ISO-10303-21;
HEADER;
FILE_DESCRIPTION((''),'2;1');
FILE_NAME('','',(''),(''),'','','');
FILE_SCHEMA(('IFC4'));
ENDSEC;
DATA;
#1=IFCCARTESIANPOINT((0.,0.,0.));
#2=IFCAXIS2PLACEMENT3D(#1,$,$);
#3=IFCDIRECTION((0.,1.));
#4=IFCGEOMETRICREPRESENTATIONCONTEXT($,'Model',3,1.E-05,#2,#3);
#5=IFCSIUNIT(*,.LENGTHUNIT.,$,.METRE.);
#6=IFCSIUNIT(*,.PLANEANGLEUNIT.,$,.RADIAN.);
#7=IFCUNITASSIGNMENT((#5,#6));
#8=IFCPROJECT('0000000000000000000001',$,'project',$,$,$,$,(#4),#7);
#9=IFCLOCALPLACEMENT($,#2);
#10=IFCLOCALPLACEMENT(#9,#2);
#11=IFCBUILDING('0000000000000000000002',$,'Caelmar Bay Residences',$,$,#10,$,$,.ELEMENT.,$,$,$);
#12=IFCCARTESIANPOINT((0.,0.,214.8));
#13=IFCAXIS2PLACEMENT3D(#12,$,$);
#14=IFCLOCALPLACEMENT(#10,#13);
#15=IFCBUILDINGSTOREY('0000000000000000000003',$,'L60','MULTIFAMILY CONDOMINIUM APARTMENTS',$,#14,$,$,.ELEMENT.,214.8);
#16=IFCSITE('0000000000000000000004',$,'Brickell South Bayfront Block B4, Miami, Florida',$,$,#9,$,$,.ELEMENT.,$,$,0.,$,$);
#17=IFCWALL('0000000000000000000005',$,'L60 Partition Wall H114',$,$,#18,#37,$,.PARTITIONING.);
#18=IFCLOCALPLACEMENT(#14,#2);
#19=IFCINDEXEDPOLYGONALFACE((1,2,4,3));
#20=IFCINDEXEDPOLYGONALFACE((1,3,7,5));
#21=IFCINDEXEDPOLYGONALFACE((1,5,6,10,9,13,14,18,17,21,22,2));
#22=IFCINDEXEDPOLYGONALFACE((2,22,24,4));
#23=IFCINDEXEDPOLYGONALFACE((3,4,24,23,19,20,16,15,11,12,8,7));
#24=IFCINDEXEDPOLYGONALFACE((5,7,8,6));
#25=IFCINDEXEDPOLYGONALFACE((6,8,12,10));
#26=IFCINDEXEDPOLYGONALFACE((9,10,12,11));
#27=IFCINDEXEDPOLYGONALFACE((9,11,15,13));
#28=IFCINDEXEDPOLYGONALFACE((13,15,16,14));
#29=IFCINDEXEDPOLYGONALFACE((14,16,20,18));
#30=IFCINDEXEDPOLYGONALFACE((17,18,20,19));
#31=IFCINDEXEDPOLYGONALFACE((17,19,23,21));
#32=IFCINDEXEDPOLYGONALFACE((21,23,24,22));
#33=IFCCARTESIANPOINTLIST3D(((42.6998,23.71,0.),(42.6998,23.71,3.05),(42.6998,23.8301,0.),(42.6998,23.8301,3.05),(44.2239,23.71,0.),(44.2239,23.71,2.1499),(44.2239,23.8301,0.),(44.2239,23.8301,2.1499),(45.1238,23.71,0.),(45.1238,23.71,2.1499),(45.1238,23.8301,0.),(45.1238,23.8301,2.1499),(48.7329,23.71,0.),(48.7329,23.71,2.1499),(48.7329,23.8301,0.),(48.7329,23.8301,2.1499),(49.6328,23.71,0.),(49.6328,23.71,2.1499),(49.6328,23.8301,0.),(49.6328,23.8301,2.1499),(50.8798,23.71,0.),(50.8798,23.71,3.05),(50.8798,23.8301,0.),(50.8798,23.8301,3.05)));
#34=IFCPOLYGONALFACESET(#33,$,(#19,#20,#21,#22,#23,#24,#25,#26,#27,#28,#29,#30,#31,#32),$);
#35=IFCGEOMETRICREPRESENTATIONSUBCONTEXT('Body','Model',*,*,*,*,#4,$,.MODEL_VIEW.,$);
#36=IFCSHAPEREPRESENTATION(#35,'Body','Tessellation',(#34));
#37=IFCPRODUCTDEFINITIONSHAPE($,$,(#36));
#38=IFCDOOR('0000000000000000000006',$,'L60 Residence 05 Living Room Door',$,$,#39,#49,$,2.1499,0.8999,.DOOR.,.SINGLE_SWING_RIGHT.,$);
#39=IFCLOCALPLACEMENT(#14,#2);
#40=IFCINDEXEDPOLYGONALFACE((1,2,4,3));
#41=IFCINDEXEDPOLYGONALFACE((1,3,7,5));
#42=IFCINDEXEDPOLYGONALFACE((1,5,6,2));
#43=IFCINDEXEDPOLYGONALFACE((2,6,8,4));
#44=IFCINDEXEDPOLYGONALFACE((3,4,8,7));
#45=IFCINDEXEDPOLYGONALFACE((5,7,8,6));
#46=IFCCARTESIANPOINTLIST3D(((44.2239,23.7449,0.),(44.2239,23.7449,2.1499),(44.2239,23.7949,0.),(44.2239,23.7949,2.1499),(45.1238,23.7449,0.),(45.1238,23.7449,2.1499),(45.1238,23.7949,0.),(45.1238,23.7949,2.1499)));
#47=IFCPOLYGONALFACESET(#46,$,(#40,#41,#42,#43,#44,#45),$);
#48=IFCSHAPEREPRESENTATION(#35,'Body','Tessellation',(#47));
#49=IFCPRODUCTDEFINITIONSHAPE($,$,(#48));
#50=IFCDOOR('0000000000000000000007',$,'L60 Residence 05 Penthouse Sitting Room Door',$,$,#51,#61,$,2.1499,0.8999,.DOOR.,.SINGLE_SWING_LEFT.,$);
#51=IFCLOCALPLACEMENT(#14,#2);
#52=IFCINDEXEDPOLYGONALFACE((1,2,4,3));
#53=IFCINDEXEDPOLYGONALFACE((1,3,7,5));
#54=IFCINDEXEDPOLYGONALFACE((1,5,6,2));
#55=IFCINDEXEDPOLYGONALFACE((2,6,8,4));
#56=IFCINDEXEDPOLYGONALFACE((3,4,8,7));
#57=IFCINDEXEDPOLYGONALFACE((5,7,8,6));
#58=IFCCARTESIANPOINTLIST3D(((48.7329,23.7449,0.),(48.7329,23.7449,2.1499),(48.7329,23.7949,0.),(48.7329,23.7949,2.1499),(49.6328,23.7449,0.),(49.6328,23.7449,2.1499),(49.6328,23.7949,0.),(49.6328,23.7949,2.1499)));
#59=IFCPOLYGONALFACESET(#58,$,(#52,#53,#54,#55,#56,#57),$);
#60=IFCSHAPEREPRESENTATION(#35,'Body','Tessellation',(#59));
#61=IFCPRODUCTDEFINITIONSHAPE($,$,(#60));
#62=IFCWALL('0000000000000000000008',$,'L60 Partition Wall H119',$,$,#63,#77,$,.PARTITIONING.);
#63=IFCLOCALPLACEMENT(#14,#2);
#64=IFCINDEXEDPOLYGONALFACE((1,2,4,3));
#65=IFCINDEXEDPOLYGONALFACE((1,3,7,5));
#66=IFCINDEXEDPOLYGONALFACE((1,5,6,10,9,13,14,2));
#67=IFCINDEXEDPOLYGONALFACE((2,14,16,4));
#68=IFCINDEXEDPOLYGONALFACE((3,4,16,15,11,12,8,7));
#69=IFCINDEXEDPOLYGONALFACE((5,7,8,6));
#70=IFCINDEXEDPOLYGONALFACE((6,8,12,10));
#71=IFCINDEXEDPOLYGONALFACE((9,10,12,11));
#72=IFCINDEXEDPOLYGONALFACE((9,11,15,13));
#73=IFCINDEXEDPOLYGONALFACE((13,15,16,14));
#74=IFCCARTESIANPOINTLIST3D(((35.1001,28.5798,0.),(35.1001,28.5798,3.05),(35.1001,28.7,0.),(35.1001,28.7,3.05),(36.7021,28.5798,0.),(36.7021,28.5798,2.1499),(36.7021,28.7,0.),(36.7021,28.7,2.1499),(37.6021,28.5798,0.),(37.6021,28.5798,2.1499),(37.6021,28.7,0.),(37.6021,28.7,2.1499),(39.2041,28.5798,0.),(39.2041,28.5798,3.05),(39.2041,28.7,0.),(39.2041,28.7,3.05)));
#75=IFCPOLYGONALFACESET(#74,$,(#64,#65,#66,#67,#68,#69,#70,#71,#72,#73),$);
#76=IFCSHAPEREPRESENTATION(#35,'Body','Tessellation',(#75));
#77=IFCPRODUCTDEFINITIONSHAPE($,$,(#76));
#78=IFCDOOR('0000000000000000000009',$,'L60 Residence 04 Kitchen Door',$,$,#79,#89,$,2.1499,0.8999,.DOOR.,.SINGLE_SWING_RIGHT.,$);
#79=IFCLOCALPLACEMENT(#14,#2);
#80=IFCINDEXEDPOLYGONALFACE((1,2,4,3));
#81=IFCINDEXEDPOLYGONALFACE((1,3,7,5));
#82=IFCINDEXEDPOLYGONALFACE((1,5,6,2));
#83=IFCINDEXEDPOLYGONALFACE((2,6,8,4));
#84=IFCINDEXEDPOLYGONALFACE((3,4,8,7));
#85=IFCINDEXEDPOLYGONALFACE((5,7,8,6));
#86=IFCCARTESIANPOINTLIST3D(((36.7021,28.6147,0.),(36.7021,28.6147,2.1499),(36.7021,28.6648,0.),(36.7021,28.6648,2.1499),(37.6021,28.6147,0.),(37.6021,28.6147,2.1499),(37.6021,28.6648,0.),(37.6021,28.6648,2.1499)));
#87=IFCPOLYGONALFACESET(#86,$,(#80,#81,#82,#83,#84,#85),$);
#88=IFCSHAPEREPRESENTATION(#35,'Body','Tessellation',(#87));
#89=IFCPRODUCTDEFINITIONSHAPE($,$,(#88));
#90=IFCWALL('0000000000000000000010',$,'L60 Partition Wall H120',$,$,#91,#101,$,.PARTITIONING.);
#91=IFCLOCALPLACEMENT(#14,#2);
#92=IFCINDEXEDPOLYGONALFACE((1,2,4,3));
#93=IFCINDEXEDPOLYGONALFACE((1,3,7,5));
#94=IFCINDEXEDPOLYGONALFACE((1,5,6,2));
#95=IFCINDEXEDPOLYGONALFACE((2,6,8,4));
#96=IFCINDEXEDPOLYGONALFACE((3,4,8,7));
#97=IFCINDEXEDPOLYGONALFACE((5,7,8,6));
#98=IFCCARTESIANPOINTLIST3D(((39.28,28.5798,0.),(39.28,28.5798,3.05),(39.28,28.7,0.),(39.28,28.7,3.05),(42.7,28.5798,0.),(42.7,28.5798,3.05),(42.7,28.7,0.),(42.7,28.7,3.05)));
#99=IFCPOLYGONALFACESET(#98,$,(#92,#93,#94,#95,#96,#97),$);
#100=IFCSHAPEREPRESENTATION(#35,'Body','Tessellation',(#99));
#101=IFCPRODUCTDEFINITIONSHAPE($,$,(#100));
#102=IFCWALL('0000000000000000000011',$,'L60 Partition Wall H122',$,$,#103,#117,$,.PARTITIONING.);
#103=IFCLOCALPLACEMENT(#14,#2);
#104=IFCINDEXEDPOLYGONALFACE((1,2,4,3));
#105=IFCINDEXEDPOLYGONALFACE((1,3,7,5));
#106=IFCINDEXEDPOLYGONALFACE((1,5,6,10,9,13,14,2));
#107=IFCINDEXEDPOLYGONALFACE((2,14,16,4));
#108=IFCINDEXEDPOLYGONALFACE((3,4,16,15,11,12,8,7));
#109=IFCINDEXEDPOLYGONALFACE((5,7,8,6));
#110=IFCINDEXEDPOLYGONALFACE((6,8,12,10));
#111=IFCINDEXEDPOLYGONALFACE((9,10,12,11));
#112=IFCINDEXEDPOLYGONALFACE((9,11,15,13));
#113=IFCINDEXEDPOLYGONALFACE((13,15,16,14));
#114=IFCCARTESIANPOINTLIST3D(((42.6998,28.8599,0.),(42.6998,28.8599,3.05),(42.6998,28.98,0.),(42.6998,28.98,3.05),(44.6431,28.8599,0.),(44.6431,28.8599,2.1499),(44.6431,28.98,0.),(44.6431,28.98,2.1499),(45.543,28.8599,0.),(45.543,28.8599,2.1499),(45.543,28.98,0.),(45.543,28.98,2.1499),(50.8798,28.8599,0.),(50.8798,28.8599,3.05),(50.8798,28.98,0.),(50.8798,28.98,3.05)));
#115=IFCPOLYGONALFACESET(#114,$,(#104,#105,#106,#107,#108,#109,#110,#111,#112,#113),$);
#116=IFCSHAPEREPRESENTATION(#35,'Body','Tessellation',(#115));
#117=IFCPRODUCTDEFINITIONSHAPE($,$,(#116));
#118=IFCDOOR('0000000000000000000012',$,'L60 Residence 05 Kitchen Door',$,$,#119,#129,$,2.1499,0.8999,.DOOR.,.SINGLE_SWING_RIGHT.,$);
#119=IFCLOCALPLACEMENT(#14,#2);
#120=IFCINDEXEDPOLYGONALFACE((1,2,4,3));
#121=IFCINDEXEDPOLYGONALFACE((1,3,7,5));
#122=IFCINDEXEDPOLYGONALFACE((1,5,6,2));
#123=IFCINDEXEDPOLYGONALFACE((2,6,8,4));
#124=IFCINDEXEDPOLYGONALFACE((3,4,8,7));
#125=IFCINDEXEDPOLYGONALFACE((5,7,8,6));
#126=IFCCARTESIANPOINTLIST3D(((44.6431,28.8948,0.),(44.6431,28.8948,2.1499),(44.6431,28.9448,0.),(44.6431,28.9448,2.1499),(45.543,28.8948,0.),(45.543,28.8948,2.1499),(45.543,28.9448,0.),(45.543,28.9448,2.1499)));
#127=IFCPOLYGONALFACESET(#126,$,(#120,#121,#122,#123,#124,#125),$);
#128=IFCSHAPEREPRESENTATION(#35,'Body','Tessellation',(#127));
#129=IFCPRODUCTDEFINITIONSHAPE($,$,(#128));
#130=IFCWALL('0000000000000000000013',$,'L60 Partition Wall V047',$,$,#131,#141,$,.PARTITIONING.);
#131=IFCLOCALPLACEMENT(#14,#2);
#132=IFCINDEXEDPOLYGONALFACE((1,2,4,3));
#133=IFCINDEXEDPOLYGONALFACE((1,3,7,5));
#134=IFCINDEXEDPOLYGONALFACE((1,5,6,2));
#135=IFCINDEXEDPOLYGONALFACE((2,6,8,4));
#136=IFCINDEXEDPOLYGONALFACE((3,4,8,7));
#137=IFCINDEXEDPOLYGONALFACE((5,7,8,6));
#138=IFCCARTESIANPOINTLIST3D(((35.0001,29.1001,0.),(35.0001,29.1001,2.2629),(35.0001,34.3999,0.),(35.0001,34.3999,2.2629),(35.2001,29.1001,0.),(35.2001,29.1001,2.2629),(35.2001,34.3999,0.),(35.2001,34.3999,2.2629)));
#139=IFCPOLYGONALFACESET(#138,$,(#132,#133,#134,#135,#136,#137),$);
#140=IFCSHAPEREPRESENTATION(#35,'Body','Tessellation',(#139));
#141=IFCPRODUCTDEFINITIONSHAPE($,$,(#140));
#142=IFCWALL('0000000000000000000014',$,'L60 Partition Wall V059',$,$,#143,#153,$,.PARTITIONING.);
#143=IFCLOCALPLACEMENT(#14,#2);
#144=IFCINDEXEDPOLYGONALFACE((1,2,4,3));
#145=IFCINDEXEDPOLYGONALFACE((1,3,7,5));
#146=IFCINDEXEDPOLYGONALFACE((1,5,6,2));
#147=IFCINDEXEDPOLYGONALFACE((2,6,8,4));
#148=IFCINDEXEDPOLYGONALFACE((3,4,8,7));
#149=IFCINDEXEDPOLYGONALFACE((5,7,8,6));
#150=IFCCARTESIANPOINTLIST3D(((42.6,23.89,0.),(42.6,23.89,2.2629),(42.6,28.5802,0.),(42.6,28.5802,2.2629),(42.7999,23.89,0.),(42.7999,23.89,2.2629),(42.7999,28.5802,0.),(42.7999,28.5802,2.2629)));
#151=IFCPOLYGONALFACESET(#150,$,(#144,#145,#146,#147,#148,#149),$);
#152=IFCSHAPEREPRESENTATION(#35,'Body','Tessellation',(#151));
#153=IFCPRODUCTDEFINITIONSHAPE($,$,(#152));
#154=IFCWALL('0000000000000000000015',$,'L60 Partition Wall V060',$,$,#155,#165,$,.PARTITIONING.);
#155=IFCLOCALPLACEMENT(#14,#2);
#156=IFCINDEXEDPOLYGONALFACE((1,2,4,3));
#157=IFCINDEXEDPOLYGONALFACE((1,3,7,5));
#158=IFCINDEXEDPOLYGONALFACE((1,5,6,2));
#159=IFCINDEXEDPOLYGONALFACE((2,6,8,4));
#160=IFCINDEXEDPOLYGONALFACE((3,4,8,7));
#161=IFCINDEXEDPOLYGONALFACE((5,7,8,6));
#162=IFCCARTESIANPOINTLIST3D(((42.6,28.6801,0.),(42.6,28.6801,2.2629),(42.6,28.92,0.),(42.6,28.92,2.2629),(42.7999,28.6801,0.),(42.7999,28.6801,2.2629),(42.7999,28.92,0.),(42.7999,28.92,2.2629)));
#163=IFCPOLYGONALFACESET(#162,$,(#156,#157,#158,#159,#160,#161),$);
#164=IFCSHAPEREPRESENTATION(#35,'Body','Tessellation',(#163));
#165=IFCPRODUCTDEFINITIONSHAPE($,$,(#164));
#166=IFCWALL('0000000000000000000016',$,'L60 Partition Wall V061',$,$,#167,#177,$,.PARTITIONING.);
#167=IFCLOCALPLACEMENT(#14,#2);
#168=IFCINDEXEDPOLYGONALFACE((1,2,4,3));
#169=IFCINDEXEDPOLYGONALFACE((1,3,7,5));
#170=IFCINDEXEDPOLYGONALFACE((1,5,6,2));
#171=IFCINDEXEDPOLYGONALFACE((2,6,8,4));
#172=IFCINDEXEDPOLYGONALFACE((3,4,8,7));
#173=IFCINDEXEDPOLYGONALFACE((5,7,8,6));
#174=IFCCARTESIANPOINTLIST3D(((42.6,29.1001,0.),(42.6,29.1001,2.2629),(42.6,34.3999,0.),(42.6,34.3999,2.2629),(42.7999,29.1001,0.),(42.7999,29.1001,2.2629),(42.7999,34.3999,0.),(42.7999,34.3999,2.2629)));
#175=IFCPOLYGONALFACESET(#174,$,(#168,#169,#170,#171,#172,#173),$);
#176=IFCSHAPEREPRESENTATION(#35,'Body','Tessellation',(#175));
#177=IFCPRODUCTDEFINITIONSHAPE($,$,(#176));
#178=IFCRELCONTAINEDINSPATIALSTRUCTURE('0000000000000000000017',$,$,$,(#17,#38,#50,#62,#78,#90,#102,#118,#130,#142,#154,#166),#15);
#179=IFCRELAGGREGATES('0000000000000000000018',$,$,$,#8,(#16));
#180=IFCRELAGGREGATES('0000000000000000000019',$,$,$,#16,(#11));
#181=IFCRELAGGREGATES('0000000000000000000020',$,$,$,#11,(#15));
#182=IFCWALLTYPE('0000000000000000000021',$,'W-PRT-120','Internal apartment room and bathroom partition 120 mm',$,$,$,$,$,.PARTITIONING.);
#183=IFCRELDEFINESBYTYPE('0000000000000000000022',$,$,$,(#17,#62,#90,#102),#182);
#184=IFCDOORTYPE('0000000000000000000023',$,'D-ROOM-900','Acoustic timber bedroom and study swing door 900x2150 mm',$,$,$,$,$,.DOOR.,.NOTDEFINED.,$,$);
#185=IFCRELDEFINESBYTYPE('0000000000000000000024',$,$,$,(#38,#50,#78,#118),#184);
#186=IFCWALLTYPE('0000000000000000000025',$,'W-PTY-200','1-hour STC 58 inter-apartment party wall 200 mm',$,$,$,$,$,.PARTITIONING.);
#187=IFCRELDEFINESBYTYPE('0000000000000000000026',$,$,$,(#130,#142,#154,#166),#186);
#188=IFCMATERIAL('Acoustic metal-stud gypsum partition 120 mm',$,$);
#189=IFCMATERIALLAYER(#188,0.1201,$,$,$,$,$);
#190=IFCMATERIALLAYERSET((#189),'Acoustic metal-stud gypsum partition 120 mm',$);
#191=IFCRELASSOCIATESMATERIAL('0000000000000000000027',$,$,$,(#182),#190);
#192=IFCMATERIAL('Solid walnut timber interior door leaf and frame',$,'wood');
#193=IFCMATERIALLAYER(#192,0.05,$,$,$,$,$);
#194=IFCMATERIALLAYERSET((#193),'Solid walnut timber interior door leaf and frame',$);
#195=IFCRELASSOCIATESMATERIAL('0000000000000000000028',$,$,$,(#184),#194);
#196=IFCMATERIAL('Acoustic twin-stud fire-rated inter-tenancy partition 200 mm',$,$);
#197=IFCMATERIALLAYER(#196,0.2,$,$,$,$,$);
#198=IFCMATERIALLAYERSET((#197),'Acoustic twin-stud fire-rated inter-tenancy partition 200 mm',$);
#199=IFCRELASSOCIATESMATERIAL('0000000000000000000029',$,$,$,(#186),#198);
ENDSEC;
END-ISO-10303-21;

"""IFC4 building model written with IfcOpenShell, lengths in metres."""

from ifc_helpers import new_model, si_unit, direction, frame, frame_2d, origin, place, context, subcontext, project, spatial, rectangle, extrude, material, layer, layer_set, type_object, element, fill, save


model = new_model("IFC4")

# Units and contexts
model_context = context("Model", 3, precision=1e-05, world=origin(), true_north=direction((0.0, 1.0)))
body_context = subcontext(model_context, "Body", "Model", "MODEL_VIEW")
ifc_project = project(units=[si_unit("LENGTHUNIT", "METRE"), si_unit("PLANEANGLEUNIT", "RADIAN")], contexts=[model_context])

# Site, building, storey
site_placement = place(None, origin())
site = spatial("IfcSite", under=ifc_project, at=site_placement, Name="Brickell South Bayfront Block B4, Miami, Florida", CompositionType="ELEMENT", RefElevation=0.0)
building_placement = place(site_placement, origin())
building = spatial("IfcBuilding", under=site, at=building_placement, Name="Caelmar Bay Residences", CompositionType="ELEMENT")
storey_placement = place(building_placement, frame((0.0, 0.0, 214.8)))
storey = spatial("IfcBuildingStorey", under=building, at=storey_placement, Name="L60", Description="MULTIFAMILY CONDOMINIUM APARTMENTS", CompositionType="ELEMENT", Elevation=214.8)

# Shared definitions
ifc_material_1 = material(Name="Acoustic metal-stud gypsum partition 120 mm")
ifc_layer_1 = layer(ifc_material_1, 0.1201)
ifc_layer_set_1 = layer_set([ifc_layer_1], Name="Acoustic metal-stud gypsum partition 120 mm")
wall_type_1 = type_object("IfcWallType", Name="W-PRT-120", Description="Internal apartment room and bathroom partition 120 mm", PredefinedType="PARTITIONING", material=ifc_layer_set_1)
ifc_material_2 = material(Name="Solid walnut timber interior door leaf and frame", Category="wood")
ifc_layer_2 = layer(ifc_material_2, 0.05)
ifc_layer_set_2 = layer_set([ifc_layer_2], Name="Solid walnut timber interior door leaf and frame")
door_type_1 = type_object("IfcDoorType", Name="D-ROOM-900", Description="Acoustic timber bedroom and study swing door 900x2150 mm", OperationType="NOTDEFINED", PredefinedType="DOOR", material=ifc_layer_set_2)

# Wall, openings, doors
wall_1_placement = place(storey_placement, frame((42.7, 23.77, 0.0), z_axis=(0.0, 0.0, 1.0), x_axis=(1.0, 0.0, 0.0)))
wall_1 = element("IfcWall", 1, at=wall_1_placement, inside=storey, type_object=wall_type_1, Name="L60 Partition Wall H114", PredefinedType="PARTITIONING", context=body_context, shape_type="SweptSolid", body=[
    extrude(rectangle(XDim=8.1799, YDim=0.1201, at=frame_2d((4.0898, 0.0))), origin(), (0.0, 0.0, 1.0), 3.05),
])
opening_1_placement = place(wall_1_placement, frame((1.5239, 0.0, 0.0)))
opening_1 = element("IfcOpeningElement", 2, at=opening_1_placement, cuts=wall_1, PredefinedType="OPENING", context=body_context, shape_type="SweptSolid", body=[
    extrude(rectangle(XDim=0.8999, YDim=2.1499, at=frame_2d((0.45, 1.075))), frame((0.0, 0.0701, 0.0), z_axis=(0.0, -1.0, 0.0), x_axis=(1.0, 0.0, 0.0)), (0.0, 0.0, 1.0), 0.1401),
])
opening_2_placement = place(wall_1_placement, frame((6.033, 0.0, 0.0)))
opening_2 = element("IfcOpeningElement", 3, at=opening_2_placement, cuts=wall_1, PredefinedType="OPENING", context=body_context, shape_type="SweptSolid", body=[
    extrude(rectangle(XDim=0.8999, YDim=2.1499, at=frame_2d((0.45, 1.075))), frame((0.0, 0.0701, 0.0), z_axis=(0.0, -1.0, 0.0), x_axis=(1.0, 0.0, 0.0)), (0.0, 0.0, 1.0), 0.1401),
])
door_1_placement = place(opening_1_placement, origin())
door_1 = element("IfcDoor", 4, at=door_1_placement, inside=storey, type_object=door_type_1, Name="L60 Residence 05 Living Room Door", OperationType="SINGLE_SWING_RIGHT", OverallHeight=2.1499, OverallWidth=0.8999, PredefinedType="DOOR", context=body_context, shape_type="SweptSolid", body=[
    extrude(rectangle(XDim=0.8999, YDim=2.1499, at=frame_2d((0.45, 1.075))), frame((0.0, 0.0249, 0.0), z_axis=(0.0, -1.0, 0.0), x_axis=(1.0, 0.0, 0.0)), (0.0, 0.0, 1.0), 0.05),
])
fill(opening_1, door_1)
door_2_placement = place(opening_2_placement, origin())
door_2 = element("IfcDoor", 5, at=door_2_placement, inside=storey, type_object=door_type_1, Name="L60 Residence 05 Penthouse Sitting Room Door", OperationType="SINGLE_SWING_LEFT", OverallHeight=2.1499, OverallWidth=0.8999, PredefinedType="DOOR", context=body_context, shape_type="SweptSolid", body=[
    extrude(rectangle(XDim=0.8999, YDim=2.1499, at=frame_2d((0.45, 1.075))), frame((0.0, 0.0249, 0.0), z_axis=(0.0, -1.0, 0.0), x_axis=(1.0, 0.0, 0.0)), (0.0, 0.0, 1.0), 0.05),
])
fill(opening_2, door_2)

# Wall, opening, door
wall_2_placement = place(storey_placement, frame((35.1001, 28.6399, 0.0), z_axis=(0.0, 0.0, 1.0), x_axis=(1.0, 0.0, 0.0)))
wall_2 = element("IfcWall", 6, at=wall_2_placement, inside=storey, type_object=wall_type_1, Name="L60 Partition Wall H119", PredefinedType="PARTITIONING", context=body_context, shape_type="SweptSolid", body=[
    extrude(rectangle(XDim=4.104, YDim=0.1201, at=frame_2d((2.052, 0.0))), origin(), (0.0, 0.0, 1.0), 3.05),
])
opening_3_placement = place(wall_2_placement, frame((1.6021, 0.0, 0.0)))
opening_3 = element("IfcOpeningElement", 7, at=opening_3_placement, cuts=wall_2, PredefinedType="OPENING", context=body_context, shape_type="SweptSolid", body=[
    extrude(rectangle(XDim=0.8999, YDim=2.1499, at=frame_2d((0.45, 1.075))), frame((0.0, 0.0701, 0.0), z_axis=(0.0, -1.0, 0.0), x_axis=(1.0, 0.0, 0.0)), (0.0, 0.0, 1.0), 0.1401),
])
door_3_placement = place(opening_3_placement, origin())
door_3 = element("IfcDoor", 8, at=door_3_placement, inside=storey, type_object=door_type_1, Name="L60 Residence 04 Kitchen Door", OperationType="SINGLE_SWING_RIGHT", OverallHeight=2.1499, OverallWidth=0.8999, PredefinedType="DOOR", context=body_context, shape_type="SweptSolid", body=[
    extrude(rectangle(XDim=0.8999, YDim=2.1499, at=frame_2d((0.45, 1.075))), frame((0.0, 0.0249, 0.0), z_axis=(0.0, -1.0, 0.0), x_axis=(1.0, 0.0, 0.0)), (0.0, 0.0, 1.0), 0.05),
])
fill(opening_3, door_3)

# Wall
wall_3_placement = place(storey_placement, frame((39.28, 28.6399, 0.0), z_axis=(0.0, 0.0, 1.0), x_axis=(1.0, 0.0, 0.0)))
element("IfcWall", 9, at=wall_3_placement, inside=storey, type_object=wall_type_1, Name="L60 Partition Wall H120", PredefinedType="PARTITIONING", context=body_context, shape_type="SweptSolid", body=[
    extrude(rectangle(XDim=3.4199, YDim=0.1201, at=frame_2d((1.71, 0.0))), origin(), (0.0, 0.0, 1.0), 3.05),
])

# Wall, opening, door
wall_4_placement = place(storey_placement, frame((42.7, 28.9199, 0.0), z_axis=(0.0, 0.0, 1.0), x_axis=(1.0, 0.0, 0.0)))
wall_4 = element("IfcWall", 10, at=wall_4_placement, inside=storey, type_object=wall_type_1, Name="L60 Partition Wall H122", PredefinedType="PARTITIONING", context=body_context, shape_type="SweptSolid", body=[
    extrude(rectangle(XDim=8.1799, YDim=0.1201, at=frame_2d((4.0898, 0.0))), origin(), (0.0, 0.0, 1.0), 3.05),
])
opening_4_placement = place(wall_4_placement, frame((1.9431, 0.0, 0.0)))
opening_4 = element("IfcOpeningElement", 11, at=opening_4_placement, cuts=wall_4, PredefinedType="OPENING", context=body_context, shape_type="SweptSolid", body=[
    extrude(rectangle(XDim=0.8999, YDim=2.1499, at=frame_2d((0.45, 1.075))), frame((0.0, 0.0701, 0.0), z_axis=(0.0, -1.0, 0.0), x_axis=(1.0, 0.0, 0.0)), (0.0, 0.0, 1.0), 0.1401),
])
door_4_placement = place(opening_4_placement, origin())
door_4 = element("IfcDoor", 12, at=door_4_placement, inside=storey, type_object=door_type_1, Name="L60 Residence 05 Kitchen Door", OperationType="SINGLE_SWING_RIGHT", OverallHeight=2.1499, OverallWidth=0.8999, PredefinedType="DOOR", context=body_context, shape_type="SweptSolid", body=[
    extrude(rectangle(XDim=0.8999, YDim=2.1499, at=frame_2d((0.45, 1.075))), frame((0.0, 0.0249, 0.0), z_axis=(0.0, -1.0, 0.0), x_axis=(1.0, 0.0, 0.0)), (0.0, 0.0, 1.0), 0.05),
])
fill(opening_4, door_4)

# Walls
ifc_material_3 = material(Name="Acoustic twin-stud fire-rated inter-tenancy partition 200 mm")
ifc_layer_3 = layer(ifc_material_3, 0.2)
ifc_layer_set_3 = layer_set([ifc_layer_3], Name="Acoustic twin-stud fire-rated inter-tenancy partition 200 mm")
wall_type_2 = type_object("IfcWallType", Name="W-PTY-200", Description="1-hour STC 58 inter-apartment party wall 200 mm", PredefinedType="PARTITIONING", material=ifc_layer_set_3)
wall_5_placement = place(storey_placement, frame((35.1001, 29.1001, 0.0), z_axis=(0.0, 0.0, 1.0), x_axis=(0.0, 1.0, 0.0)))
element("IfcWall", 13, at=wall_5_placement, inside=storey, type_object=wall_type_2, Name="L60 Partition Wall V047", PredefinedType="PARTITIONING", context=body_context, shape_type="SweptSolid", body=[
    extrude(rectangle(XDim=5.2998, YDim=0.2, at=frame_2d((2.6499, 0.0))), origin(), (0.0, 0.0, 1.0), 2.2629),
])
wall_6_placement = place(storey_placement, frame((42.7, 23.8899, 0.0), z_axis=(0.0, 0.0, 1.0), x_axis=(0.0, 1.0, 0.0)))
element("IfcWall", 14, at=wall_6_placement, inside=storey, type_object=wall_type_2, Name="L60 Partition Wall V059", PredefinedType="PARTITIONING", context=body_context, shape_type="SweptSolid", body=[
    extrude(rectangle(XDim=4.6902, YDim=0.2, at=frame_2d((2.3452, 0.0))), origin(), (0.0, 0.0, 1.0), 2.2629),
])
wall_7_placement = place(storey_placement, frame((42.7, 28.6799, 0.0), z_axis=(0.0, 0.0, 1.0), x_axis=(0.0, 1.0, 0.0)))
element("IfcWall", 15, at=wall_7_placement, inside=storey, type_object=wall_type_2, Name="L60 Partition Wall V060", PredefinedType="PARTITIONING", context=body_context, shape_type="SweptSolid", body=[
    extrude(rectangle(XDim=0.24, YDim=0.2, at=frame_2d((0.1201, 0.0))), origin(), (0.0, 0.0, 1.0), 2.2629),
])
wall_8_placement = place(storey_placement, frame((42.7, 29.1001, 0.0), z_axis=(0.0, 0.0, 1.0), x_axis=(0.0, 1.0, 0.0)))
element("IfcWall", 16, at=wall_8_placement, inside=storey, type_object=wall_type_2, Name="L60 Partition Wall V061", PredefinedType="PARTITIONING", context=body_context, shape_type="SweptSolid", body=[
    extrude(rectangle(XDim=5.2998, YDim=0.2, at=frame_2d((2.6499, 0.0))), origin(), (0.0, 0.0, 1.0), 2.2629),
])

save(model, "model.ifc")
